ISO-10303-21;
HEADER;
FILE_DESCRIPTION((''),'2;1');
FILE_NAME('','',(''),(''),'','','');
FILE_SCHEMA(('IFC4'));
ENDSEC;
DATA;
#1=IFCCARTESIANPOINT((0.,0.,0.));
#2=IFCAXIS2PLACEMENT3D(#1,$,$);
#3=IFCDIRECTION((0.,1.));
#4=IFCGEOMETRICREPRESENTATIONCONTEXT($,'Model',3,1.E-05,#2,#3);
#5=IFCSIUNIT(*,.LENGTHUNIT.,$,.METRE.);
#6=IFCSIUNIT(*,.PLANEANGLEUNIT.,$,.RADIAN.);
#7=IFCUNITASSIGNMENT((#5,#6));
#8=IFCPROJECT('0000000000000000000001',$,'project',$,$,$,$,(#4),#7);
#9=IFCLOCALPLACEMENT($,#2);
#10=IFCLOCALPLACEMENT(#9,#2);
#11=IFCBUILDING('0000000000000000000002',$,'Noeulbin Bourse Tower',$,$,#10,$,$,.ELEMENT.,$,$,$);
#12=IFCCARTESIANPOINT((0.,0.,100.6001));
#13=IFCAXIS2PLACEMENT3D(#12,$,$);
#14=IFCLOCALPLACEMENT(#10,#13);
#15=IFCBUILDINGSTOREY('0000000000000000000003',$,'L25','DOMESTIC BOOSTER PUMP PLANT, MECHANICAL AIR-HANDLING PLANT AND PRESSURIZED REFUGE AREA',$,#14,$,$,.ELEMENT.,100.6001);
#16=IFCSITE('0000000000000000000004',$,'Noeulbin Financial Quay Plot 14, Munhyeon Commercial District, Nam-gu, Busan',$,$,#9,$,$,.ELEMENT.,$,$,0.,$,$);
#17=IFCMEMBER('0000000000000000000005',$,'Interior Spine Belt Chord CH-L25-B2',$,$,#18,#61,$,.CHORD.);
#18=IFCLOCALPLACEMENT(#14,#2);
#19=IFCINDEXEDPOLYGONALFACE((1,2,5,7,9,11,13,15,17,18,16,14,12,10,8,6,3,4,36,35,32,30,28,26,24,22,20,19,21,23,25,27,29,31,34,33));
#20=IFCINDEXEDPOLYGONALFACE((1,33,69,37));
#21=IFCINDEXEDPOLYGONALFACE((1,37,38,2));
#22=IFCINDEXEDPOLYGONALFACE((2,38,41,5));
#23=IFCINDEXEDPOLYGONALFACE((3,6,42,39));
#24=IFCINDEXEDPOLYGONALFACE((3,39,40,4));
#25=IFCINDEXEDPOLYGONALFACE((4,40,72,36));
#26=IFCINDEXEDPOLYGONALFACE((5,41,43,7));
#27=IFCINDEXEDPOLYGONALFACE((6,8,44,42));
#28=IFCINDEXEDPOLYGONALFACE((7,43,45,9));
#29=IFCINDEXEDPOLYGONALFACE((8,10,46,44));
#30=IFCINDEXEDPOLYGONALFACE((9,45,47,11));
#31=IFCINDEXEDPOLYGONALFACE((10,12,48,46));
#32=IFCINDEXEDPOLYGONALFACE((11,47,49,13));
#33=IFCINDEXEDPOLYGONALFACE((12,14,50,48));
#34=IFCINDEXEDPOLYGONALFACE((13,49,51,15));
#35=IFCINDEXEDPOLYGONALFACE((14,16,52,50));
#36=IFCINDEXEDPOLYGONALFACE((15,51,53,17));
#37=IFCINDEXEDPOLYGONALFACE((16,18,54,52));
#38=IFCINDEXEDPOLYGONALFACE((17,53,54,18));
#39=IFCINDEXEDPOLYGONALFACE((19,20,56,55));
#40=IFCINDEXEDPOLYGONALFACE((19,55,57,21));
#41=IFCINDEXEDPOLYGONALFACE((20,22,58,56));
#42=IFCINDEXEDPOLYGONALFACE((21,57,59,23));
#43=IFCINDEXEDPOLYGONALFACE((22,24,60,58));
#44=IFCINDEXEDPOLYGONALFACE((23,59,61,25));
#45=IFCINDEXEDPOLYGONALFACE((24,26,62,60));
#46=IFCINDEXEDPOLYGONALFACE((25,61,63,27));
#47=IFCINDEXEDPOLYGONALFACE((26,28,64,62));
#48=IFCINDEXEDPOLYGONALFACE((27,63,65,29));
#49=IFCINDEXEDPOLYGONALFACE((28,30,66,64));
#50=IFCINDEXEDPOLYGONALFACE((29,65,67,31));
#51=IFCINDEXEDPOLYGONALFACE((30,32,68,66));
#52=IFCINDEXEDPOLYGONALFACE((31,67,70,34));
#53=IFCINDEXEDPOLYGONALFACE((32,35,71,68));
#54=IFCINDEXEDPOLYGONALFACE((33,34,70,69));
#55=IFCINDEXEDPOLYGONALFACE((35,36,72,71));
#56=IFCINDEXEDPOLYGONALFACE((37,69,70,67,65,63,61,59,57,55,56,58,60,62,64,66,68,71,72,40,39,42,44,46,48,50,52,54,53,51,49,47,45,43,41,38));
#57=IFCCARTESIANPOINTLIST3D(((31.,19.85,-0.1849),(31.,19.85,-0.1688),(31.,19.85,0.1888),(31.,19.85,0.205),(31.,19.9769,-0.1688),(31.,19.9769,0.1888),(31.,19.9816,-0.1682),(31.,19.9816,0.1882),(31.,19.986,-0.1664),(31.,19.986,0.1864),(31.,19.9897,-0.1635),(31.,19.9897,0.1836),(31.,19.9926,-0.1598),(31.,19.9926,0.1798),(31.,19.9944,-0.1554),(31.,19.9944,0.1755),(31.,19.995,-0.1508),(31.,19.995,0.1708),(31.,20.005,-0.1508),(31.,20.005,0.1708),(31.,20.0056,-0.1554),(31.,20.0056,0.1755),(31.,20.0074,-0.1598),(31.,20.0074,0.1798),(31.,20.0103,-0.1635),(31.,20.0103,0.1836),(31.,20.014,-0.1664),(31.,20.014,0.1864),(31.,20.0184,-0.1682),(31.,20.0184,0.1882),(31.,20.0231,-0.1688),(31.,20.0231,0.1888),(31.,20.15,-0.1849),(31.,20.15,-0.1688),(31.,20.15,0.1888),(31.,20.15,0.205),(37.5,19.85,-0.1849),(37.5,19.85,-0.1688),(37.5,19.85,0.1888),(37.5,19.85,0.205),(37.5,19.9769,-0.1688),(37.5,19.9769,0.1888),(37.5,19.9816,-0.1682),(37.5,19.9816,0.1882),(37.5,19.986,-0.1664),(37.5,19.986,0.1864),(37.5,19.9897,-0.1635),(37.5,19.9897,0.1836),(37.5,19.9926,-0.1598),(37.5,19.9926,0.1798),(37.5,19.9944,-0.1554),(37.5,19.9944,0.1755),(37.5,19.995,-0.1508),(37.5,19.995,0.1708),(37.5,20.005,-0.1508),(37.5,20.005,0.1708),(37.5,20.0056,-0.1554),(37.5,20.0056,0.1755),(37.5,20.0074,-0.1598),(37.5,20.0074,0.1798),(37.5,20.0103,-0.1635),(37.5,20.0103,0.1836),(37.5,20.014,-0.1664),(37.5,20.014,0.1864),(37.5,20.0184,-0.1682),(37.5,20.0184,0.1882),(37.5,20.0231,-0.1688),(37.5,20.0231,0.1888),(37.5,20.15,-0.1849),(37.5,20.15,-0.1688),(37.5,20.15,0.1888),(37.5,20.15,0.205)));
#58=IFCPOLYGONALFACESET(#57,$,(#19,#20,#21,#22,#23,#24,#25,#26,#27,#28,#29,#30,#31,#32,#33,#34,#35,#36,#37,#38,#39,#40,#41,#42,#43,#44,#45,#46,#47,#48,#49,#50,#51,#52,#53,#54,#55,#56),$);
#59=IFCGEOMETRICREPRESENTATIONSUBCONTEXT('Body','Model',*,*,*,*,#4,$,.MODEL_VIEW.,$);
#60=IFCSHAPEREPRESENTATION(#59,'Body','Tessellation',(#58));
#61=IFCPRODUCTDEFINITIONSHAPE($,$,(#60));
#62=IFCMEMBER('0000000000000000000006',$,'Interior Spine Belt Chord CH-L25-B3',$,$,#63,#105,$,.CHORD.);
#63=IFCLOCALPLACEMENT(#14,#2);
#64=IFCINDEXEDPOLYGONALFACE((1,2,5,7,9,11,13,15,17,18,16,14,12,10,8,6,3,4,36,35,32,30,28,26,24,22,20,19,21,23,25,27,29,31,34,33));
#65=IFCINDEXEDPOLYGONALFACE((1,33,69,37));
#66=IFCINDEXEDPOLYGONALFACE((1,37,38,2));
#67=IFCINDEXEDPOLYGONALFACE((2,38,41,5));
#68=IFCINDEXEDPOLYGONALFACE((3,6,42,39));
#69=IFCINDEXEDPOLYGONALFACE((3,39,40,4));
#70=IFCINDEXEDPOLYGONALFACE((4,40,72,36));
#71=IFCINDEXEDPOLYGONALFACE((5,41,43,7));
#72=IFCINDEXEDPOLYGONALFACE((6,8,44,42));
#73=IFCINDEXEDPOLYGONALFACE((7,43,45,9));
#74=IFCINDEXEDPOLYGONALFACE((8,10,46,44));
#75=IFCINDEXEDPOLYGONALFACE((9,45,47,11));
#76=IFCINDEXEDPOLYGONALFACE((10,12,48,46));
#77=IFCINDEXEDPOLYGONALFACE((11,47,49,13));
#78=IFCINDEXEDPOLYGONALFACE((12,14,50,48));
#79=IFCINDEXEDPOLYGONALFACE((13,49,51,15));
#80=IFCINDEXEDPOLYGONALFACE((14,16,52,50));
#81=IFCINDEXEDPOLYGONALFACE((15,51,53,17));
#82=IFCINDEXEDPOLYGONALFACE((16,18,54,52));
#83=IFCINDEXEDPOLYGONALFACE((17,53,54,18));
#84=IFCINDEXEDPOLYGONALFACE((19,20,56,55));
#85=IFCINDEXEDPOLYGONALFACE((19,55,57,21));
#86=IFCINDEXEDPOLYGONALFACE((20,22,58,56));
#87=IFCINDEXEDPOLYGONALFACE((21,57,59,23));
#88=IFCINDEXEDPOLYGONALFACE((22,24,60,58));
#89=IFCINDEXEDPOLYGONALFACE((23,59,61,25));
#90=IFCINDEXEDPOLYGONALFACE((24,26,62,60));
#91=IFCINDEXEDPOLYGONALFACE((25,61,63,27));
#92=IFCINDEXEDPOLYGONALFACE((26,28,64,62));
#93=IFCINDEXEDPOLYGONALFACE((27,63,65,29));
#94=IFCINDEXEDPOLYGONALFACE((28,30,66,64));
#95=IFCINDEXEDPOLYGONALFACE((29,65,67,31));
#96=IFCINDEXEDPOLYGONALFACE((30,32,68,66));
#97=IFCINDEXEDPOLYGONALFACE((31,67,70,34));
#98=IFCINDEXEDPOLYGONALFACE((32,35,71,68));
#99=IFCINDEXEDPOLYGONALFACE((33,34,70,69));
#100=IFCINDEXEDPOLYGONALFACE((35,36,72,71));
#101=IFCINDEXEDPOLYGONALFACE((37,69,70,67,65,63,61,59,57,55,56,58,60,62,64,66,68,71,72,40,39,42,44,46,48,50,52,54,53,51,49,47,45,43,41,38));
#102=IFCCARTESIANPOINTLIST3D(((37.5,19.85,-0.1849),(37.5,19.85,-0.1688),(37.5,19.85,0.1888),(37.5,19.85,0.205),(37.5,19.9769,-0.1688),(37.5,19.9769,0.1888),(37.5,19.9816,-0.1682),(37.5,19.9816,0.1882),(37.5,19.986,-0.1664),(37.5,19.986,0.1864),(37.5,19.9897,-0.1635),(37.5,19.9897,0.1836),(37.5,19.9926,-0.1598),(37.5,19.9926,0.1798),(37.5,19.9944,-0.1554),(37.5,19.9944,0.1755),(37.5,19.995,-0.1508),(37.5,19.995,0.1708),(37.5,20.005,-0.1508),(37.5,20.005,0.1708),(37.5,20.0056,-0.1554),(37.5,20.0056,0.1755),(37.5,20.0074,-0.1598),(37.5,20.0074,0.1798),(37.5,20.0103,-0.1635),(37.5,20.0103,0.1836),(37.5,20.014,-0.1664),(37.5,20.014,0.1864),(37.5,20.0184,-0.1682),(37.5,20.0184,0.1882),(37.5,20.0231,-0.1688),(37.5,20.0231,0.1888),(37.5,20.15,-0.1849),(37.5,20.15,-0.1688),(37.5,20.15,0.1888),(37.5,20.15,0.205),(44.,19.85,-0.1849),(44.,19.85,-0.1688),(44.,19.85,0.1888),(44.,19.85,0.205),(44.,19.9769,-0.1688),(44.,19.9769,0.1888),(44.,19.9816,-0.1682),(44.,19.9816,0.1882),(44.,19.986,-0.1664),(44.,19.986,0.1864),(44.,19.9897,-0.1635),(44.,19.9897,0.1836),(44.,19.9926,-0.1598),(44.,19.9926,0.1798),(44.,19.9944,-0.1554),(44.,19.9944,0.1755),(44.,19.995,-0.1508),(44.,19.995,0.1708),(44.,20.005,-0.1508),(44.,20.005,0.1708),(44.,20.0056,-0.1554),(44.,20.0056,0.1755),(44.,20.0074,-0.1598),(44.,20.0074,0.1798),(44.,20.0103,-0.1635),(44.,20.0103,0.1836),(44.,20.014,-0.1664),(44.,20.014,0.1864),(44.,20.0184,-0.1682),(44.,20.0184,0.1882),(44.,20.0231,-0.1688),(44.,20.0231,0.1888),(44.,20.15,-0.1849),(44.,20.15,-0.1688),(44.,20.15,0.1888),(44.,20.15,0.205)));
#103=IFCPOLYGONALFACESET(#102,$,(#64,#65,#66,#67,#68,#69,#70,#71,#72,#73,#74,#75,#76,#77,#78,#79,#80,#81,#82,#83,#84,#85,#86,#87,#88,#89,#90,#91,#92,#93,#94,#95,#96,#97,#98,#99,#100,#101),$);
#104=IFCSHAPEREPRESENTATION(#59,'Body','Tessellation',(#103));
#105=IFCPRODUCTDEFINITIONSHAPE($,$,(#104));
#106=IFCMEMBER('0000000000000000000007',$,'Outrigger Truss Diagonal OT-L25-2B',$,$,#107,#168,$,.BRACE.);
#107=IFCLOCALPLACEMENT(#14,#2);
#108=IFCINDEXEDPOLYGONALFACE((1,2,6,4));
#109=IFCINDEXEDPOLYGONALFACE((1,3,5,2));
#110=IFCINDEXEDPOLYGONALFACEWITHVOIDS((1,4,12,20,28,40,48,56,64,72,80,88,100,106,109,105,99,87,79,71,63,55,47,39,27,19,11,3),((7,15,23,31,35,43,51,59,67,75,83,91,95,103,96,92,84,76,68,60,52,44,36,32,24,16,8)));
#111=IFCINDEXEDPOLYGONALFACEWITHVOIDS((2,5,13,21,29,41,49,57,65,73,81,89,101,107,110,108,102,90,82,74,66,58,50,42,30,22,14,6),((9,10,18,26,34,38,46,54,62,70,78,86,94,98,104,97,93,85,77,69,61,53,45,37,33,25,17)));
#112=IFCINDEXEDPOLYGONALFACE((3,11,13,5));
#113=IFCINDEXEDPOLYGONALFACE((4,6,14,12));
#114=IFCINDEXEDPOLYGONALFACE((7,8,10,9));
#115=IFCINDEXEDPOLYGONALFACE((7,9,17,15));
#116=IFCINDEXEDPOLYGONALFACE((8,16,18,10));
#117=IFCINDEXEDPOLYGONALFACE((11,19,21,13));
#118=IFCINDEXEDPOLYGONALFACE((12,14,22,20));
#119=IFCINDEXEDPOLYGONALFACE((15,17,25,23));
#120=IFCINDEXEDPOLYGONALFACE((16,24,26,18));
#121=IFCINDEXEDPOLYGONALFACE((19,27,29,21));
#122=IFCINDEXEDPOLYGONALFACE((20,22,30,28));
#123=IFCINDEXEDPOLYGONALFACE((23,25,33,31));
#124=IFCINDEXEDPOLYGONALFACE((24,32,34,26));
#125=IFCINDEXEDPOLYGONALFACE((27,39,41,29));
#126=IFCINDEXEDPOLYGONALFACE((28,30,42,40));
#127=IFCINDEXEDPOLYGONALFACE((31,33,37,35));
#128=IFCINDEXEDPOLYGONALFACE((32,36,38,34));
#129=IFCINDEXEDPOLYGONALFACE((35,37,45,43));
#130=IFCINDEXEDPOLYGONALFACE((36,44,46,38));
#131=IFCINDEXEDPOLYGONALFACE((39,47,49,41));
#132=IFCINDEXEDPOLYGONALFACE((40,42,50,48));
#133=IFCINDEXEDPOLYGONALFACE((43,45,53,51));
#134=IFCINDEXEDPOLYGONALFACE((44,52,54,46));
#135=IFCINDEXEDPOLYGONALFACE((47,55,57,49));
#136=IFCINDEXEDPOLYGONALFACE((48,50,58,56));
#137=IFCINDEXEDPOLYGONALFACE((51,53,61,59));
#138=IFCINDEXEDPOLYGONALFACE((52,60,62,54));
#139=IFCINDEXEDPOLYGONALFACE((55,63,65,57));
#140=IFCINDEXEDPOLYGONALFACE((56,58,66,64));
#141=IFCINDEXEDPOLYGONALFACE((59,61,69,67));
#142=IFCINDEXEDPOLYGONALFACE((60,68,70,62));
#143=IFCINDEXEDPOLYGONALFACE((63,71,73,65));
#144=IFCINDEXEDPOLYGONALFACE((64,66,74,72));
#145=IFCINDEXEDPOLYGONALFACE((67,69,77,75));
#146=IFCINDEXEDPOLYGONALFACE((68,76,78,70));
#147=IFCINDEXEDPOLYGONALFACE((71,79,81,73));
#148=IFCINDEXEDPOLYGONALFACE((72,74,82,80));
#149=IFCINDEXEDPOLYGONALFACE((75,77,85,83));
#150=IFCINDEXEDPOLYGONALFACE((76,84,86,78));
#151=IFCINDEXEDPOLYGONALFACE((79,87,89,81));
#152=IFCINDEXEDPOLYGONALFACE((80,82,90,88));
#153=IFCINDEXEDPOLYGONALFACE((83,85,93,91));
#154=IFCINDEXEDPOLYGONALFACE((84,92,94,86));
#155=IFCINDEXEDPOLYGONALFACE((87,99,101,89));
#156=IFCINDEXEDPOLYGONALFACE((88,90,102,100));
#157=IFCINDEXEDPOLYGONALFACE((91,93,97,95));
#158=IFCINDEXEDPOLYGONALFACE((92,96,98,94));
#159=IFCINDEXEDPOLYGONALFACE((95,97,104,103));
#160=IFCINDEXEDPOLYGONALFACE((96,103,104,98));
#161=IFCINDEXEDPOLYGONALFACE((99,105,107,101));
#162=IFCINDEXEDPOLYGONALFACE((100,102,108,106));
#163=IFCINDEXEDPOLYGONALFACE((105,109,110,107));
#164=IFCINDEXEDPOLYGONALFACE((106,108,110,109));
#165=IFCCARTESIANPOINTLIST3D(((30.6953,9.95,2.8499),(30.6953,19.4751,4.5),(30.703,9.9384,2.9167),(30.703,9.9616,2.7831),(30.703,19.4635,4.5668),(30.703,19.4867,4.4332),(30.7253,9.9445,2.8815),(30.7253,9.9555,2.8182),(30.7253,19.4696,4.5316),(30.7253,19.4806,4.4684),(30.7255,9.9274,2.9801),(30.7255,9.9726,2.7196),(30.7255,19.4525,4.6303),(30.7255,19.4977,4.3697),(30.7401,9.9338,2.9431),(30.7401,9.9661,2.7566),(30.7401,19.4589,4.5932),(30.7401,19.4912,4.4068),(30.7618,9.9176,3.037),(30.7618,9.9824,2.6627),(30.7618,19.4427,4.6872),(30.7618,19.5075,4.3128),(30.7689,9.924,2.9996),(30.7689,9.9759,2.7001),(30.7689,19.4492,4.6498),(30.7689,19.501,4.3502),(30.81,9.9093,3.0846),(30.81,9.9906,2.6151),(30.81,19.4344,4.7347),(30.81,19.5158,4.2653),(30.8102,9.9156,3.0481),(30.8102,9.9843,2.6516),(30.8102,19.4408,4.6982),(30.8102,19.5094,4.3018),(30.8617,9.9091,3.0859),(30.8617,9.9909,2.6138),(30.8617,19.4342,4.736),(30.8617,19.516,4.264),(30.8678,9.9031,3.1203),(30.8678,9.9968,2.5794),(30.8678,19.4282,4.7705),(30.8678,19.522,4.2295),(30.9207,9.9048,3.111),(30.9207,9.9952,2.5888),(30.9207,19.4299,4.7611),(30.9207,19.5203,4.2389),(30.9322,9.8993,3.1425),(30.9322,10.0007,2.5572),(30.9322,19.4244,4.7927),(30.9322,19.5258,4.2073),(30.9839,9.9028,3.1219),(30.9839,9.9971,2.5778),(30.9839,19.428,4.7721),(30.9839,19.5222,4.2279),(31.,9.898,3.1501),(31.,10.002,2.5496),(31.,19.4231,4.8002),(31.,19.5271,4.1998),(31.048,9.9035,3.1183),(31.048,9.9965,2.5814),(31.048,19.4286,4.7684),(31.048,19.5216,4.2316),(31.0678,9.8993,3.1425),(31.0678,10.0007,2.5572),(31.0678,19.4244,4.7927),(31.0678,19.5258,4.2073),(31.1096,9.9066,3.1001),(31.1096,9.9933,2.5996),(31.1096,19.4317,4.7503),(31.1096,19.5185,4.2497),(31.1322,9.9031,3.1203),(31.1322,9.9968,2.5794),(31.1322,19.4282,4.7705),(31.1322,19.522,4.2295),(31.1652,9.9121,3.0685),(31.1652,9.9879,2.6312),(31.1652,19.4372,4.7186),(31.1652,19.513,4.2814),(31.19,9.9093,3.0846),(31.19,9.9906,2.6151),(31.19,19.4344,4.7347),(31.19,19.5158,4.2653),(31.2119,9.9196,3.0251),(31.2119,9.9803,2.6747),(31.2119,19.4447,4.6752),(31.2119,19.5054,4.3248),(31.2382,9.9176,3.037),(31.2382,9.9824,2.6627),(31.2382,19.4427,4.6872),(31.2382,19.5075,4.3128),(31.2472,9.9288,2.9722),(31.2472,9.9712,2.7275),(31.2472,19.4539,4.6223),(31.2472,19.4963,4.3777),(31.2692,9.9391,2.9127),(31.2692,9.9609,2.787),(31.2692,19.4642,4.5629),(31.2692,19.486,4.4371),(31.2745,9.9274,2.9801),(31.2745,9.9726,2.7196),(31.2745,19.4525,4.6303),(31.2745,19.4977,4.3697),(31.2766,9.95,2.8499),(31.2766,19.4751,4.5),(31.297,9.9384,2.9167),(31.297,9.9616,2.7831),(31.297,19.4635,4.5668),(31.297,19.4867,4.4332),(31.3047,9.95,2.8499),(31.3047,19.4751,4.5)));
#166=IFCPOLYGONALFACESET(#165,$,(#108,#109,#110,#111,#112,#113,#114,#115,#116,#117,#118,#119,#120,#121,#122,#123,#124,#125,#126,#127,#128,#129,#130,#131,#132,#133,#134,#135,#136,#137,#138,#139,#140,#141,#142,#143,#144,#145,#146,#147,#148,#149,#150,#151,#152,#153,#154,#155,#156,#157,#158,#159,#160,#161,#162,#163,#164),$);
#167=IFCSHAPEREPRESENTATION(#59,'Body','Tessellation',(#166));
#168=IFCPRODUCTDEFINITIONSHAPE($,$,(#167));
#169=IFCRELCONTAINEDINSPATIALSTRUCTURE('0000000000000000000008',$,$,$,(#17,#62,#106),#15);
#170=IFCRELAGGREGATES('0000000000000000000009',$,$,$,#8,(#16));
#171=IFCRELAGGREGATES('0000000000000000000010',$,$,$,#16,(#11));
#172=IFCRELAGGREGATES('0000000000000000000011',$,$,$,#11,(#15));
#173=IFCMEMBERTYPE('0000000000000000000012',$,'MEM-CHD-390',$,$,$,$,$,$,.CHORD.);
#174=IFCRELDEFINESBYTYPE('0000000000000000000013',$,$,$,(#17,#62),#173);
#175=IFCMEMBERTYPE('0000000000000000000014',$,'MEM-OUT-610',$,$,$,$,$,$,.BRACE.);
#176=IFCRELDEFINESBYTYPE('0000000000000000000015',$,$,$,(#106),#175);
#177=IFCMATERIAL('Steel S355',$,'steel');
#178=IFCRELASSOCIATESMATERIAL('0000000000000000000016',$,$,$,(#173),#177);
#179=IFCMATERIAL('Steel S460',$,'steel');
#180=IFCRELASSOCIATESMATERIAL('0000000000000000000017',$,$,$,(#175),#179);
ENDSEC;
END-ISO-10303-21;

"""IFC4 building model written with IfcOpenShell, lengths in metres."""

from ifc_helpers import new_model, si_unit, direction, frame, origin, origin_2d, place, context, subcontext, project, spatial, hollow_circle, i_section, extrude, material, material_profile, profile_set, type_object, element, save


model = new_model("IFC4")

# Units and contexts
model_context = context("Model", 3, precision=1e-05, world=origin(), true_north=direction((0.0, 1.0)))
body_context = subcontext(model_context, "Body", "Model", "MODEL_VIEW")
ifc_project = project(units=[si_unit("LENGTHUNIT", "METRE"), si_unit("PLANEANGLEUNIT", "RADIAN")], contexts=[model_context])

# Site, building, storey
site_placement = place(None, origin())
site = spatial("IfcSite", under=ifc_project, at=site_placement, Name="Noeulbin Financial Quay Plot 14, Munhyeon Commercial District, Nam-gu, Busan", CompositionType="ELEMENT", RefElevation=0.0)
building_placement = place(site_placement, origin())
building = spatial("IfcBuilding", under=site, at=building_placement, Name="Noeulbin Bourse Tower", CompositionType="ELEMENT")
storey_placement = place(building_placement, frame((0.0, 0.0, 100.6001)))
storey = spatial("IfcBuildingStorey", under=building, at=storey_placement, Name="L25", Description="DOMESTIC BOOSTER PUMP PLANT, MECHANICAL AIR-HANDLING PLANT AND PRESSURIZED REFUGE AREA", CompositionType="ELEMENT", Elevation=100.6001)

# Shared definitions
ifc_material_1 = material(Name="Steel S460", Category="steel")

# Shared definitions
ifc_material_2 = material(Name="Steel S355", Category="steel")

# Members
ifc_material_profile_1 = material_profile(ifc_material_2, i_section(OverallWidth=0.3, OverallDepth=0.3899, WebThickness=0.01, FlangeThickness=0.0161, FilletRadius=0.0181, at=origin_2d()), Name="H-390x300x10x16", Category="LoadBearing")
ifc_profile_set_1 = profile_set([ifc_material_profile_1], Name="Steel S355")
member_type_1 = type_object("IfcMemberType", Name="MEM-CHD-390", PredefinedType="CHORD", material=ifc_profile_set_1)
for number, where, z_axis, x_axis, name in (
    (1, (31.0, 20.0, 0.01), (1.0, 0.0, 0.0), (0.0, 1.0, 0.0), "Interior Spine Belt Chord CH-L25-B2"),
    (2, (37.5, 20.0, 0.01), (1.0, 0.0, 0.0), (0.0, 1.0, 0.0), "Interior Spine Belt Chord CH-L25-B3"),
):
    element("IfcMember", number, at=place(storey_placement, frame(where, z_axis=z_axis, x_axis=x_axis)), inside=storey, type_object=member_type_1, Name=name, PredefinedType="CHORD", context=body_context, shape_type="SweptSolid", body=[
        extrude(i_section(OverallWidth=0.3, OverallDepth=0.3899, WebThickness=0.01, FlangeThickness=0.0161, FilletRadius=0.0181, at=origin_2d()), origin(), (0.0, 0.0, 1.0), 6.5),
    ])
ifc_material_profile_2 = material_profile(ifc_material_1, hollow_circle(Radius=0.3047, WallThickness=0.0281, at=origin_2d()), Name="CHS-609.6x28.0", Category="LoadBearing")
ifc_profile_set_2 = profile_set([ifc_material_profile_2], Name="Steel S460")
member_type_2 = type_object("IfcMemberType", Name="MEM-OUT-610", PredefinedType="BRACE", material=ifc_profile_set_2)
for number, where, z_axis, x_axis, name in (
    (3, (31.0, 19.4751, 4.5), (0.0, -0.985323, -0.170698), (1.0, 0.0, 0.0), "Outrigger Truss Diagonal OT-L25-2B"),
):
    element("IfcMember", number, at=place(storey_placement, frame(where, z_axis=z_axis, x_axis=x_axis)), inside=storey, type_object=member_type_2, Name=name, PredefinedType="BRACE", context=body_context, shape_type="SweptSolid", body=[
        extrude(hollow_circle(Radius=0.3047, WallThickness=0.0281, at=origin_2d()), origin(), (0.0, 0.0, 1.0), 9.667),
    ])

save(model, "model.ifc")
